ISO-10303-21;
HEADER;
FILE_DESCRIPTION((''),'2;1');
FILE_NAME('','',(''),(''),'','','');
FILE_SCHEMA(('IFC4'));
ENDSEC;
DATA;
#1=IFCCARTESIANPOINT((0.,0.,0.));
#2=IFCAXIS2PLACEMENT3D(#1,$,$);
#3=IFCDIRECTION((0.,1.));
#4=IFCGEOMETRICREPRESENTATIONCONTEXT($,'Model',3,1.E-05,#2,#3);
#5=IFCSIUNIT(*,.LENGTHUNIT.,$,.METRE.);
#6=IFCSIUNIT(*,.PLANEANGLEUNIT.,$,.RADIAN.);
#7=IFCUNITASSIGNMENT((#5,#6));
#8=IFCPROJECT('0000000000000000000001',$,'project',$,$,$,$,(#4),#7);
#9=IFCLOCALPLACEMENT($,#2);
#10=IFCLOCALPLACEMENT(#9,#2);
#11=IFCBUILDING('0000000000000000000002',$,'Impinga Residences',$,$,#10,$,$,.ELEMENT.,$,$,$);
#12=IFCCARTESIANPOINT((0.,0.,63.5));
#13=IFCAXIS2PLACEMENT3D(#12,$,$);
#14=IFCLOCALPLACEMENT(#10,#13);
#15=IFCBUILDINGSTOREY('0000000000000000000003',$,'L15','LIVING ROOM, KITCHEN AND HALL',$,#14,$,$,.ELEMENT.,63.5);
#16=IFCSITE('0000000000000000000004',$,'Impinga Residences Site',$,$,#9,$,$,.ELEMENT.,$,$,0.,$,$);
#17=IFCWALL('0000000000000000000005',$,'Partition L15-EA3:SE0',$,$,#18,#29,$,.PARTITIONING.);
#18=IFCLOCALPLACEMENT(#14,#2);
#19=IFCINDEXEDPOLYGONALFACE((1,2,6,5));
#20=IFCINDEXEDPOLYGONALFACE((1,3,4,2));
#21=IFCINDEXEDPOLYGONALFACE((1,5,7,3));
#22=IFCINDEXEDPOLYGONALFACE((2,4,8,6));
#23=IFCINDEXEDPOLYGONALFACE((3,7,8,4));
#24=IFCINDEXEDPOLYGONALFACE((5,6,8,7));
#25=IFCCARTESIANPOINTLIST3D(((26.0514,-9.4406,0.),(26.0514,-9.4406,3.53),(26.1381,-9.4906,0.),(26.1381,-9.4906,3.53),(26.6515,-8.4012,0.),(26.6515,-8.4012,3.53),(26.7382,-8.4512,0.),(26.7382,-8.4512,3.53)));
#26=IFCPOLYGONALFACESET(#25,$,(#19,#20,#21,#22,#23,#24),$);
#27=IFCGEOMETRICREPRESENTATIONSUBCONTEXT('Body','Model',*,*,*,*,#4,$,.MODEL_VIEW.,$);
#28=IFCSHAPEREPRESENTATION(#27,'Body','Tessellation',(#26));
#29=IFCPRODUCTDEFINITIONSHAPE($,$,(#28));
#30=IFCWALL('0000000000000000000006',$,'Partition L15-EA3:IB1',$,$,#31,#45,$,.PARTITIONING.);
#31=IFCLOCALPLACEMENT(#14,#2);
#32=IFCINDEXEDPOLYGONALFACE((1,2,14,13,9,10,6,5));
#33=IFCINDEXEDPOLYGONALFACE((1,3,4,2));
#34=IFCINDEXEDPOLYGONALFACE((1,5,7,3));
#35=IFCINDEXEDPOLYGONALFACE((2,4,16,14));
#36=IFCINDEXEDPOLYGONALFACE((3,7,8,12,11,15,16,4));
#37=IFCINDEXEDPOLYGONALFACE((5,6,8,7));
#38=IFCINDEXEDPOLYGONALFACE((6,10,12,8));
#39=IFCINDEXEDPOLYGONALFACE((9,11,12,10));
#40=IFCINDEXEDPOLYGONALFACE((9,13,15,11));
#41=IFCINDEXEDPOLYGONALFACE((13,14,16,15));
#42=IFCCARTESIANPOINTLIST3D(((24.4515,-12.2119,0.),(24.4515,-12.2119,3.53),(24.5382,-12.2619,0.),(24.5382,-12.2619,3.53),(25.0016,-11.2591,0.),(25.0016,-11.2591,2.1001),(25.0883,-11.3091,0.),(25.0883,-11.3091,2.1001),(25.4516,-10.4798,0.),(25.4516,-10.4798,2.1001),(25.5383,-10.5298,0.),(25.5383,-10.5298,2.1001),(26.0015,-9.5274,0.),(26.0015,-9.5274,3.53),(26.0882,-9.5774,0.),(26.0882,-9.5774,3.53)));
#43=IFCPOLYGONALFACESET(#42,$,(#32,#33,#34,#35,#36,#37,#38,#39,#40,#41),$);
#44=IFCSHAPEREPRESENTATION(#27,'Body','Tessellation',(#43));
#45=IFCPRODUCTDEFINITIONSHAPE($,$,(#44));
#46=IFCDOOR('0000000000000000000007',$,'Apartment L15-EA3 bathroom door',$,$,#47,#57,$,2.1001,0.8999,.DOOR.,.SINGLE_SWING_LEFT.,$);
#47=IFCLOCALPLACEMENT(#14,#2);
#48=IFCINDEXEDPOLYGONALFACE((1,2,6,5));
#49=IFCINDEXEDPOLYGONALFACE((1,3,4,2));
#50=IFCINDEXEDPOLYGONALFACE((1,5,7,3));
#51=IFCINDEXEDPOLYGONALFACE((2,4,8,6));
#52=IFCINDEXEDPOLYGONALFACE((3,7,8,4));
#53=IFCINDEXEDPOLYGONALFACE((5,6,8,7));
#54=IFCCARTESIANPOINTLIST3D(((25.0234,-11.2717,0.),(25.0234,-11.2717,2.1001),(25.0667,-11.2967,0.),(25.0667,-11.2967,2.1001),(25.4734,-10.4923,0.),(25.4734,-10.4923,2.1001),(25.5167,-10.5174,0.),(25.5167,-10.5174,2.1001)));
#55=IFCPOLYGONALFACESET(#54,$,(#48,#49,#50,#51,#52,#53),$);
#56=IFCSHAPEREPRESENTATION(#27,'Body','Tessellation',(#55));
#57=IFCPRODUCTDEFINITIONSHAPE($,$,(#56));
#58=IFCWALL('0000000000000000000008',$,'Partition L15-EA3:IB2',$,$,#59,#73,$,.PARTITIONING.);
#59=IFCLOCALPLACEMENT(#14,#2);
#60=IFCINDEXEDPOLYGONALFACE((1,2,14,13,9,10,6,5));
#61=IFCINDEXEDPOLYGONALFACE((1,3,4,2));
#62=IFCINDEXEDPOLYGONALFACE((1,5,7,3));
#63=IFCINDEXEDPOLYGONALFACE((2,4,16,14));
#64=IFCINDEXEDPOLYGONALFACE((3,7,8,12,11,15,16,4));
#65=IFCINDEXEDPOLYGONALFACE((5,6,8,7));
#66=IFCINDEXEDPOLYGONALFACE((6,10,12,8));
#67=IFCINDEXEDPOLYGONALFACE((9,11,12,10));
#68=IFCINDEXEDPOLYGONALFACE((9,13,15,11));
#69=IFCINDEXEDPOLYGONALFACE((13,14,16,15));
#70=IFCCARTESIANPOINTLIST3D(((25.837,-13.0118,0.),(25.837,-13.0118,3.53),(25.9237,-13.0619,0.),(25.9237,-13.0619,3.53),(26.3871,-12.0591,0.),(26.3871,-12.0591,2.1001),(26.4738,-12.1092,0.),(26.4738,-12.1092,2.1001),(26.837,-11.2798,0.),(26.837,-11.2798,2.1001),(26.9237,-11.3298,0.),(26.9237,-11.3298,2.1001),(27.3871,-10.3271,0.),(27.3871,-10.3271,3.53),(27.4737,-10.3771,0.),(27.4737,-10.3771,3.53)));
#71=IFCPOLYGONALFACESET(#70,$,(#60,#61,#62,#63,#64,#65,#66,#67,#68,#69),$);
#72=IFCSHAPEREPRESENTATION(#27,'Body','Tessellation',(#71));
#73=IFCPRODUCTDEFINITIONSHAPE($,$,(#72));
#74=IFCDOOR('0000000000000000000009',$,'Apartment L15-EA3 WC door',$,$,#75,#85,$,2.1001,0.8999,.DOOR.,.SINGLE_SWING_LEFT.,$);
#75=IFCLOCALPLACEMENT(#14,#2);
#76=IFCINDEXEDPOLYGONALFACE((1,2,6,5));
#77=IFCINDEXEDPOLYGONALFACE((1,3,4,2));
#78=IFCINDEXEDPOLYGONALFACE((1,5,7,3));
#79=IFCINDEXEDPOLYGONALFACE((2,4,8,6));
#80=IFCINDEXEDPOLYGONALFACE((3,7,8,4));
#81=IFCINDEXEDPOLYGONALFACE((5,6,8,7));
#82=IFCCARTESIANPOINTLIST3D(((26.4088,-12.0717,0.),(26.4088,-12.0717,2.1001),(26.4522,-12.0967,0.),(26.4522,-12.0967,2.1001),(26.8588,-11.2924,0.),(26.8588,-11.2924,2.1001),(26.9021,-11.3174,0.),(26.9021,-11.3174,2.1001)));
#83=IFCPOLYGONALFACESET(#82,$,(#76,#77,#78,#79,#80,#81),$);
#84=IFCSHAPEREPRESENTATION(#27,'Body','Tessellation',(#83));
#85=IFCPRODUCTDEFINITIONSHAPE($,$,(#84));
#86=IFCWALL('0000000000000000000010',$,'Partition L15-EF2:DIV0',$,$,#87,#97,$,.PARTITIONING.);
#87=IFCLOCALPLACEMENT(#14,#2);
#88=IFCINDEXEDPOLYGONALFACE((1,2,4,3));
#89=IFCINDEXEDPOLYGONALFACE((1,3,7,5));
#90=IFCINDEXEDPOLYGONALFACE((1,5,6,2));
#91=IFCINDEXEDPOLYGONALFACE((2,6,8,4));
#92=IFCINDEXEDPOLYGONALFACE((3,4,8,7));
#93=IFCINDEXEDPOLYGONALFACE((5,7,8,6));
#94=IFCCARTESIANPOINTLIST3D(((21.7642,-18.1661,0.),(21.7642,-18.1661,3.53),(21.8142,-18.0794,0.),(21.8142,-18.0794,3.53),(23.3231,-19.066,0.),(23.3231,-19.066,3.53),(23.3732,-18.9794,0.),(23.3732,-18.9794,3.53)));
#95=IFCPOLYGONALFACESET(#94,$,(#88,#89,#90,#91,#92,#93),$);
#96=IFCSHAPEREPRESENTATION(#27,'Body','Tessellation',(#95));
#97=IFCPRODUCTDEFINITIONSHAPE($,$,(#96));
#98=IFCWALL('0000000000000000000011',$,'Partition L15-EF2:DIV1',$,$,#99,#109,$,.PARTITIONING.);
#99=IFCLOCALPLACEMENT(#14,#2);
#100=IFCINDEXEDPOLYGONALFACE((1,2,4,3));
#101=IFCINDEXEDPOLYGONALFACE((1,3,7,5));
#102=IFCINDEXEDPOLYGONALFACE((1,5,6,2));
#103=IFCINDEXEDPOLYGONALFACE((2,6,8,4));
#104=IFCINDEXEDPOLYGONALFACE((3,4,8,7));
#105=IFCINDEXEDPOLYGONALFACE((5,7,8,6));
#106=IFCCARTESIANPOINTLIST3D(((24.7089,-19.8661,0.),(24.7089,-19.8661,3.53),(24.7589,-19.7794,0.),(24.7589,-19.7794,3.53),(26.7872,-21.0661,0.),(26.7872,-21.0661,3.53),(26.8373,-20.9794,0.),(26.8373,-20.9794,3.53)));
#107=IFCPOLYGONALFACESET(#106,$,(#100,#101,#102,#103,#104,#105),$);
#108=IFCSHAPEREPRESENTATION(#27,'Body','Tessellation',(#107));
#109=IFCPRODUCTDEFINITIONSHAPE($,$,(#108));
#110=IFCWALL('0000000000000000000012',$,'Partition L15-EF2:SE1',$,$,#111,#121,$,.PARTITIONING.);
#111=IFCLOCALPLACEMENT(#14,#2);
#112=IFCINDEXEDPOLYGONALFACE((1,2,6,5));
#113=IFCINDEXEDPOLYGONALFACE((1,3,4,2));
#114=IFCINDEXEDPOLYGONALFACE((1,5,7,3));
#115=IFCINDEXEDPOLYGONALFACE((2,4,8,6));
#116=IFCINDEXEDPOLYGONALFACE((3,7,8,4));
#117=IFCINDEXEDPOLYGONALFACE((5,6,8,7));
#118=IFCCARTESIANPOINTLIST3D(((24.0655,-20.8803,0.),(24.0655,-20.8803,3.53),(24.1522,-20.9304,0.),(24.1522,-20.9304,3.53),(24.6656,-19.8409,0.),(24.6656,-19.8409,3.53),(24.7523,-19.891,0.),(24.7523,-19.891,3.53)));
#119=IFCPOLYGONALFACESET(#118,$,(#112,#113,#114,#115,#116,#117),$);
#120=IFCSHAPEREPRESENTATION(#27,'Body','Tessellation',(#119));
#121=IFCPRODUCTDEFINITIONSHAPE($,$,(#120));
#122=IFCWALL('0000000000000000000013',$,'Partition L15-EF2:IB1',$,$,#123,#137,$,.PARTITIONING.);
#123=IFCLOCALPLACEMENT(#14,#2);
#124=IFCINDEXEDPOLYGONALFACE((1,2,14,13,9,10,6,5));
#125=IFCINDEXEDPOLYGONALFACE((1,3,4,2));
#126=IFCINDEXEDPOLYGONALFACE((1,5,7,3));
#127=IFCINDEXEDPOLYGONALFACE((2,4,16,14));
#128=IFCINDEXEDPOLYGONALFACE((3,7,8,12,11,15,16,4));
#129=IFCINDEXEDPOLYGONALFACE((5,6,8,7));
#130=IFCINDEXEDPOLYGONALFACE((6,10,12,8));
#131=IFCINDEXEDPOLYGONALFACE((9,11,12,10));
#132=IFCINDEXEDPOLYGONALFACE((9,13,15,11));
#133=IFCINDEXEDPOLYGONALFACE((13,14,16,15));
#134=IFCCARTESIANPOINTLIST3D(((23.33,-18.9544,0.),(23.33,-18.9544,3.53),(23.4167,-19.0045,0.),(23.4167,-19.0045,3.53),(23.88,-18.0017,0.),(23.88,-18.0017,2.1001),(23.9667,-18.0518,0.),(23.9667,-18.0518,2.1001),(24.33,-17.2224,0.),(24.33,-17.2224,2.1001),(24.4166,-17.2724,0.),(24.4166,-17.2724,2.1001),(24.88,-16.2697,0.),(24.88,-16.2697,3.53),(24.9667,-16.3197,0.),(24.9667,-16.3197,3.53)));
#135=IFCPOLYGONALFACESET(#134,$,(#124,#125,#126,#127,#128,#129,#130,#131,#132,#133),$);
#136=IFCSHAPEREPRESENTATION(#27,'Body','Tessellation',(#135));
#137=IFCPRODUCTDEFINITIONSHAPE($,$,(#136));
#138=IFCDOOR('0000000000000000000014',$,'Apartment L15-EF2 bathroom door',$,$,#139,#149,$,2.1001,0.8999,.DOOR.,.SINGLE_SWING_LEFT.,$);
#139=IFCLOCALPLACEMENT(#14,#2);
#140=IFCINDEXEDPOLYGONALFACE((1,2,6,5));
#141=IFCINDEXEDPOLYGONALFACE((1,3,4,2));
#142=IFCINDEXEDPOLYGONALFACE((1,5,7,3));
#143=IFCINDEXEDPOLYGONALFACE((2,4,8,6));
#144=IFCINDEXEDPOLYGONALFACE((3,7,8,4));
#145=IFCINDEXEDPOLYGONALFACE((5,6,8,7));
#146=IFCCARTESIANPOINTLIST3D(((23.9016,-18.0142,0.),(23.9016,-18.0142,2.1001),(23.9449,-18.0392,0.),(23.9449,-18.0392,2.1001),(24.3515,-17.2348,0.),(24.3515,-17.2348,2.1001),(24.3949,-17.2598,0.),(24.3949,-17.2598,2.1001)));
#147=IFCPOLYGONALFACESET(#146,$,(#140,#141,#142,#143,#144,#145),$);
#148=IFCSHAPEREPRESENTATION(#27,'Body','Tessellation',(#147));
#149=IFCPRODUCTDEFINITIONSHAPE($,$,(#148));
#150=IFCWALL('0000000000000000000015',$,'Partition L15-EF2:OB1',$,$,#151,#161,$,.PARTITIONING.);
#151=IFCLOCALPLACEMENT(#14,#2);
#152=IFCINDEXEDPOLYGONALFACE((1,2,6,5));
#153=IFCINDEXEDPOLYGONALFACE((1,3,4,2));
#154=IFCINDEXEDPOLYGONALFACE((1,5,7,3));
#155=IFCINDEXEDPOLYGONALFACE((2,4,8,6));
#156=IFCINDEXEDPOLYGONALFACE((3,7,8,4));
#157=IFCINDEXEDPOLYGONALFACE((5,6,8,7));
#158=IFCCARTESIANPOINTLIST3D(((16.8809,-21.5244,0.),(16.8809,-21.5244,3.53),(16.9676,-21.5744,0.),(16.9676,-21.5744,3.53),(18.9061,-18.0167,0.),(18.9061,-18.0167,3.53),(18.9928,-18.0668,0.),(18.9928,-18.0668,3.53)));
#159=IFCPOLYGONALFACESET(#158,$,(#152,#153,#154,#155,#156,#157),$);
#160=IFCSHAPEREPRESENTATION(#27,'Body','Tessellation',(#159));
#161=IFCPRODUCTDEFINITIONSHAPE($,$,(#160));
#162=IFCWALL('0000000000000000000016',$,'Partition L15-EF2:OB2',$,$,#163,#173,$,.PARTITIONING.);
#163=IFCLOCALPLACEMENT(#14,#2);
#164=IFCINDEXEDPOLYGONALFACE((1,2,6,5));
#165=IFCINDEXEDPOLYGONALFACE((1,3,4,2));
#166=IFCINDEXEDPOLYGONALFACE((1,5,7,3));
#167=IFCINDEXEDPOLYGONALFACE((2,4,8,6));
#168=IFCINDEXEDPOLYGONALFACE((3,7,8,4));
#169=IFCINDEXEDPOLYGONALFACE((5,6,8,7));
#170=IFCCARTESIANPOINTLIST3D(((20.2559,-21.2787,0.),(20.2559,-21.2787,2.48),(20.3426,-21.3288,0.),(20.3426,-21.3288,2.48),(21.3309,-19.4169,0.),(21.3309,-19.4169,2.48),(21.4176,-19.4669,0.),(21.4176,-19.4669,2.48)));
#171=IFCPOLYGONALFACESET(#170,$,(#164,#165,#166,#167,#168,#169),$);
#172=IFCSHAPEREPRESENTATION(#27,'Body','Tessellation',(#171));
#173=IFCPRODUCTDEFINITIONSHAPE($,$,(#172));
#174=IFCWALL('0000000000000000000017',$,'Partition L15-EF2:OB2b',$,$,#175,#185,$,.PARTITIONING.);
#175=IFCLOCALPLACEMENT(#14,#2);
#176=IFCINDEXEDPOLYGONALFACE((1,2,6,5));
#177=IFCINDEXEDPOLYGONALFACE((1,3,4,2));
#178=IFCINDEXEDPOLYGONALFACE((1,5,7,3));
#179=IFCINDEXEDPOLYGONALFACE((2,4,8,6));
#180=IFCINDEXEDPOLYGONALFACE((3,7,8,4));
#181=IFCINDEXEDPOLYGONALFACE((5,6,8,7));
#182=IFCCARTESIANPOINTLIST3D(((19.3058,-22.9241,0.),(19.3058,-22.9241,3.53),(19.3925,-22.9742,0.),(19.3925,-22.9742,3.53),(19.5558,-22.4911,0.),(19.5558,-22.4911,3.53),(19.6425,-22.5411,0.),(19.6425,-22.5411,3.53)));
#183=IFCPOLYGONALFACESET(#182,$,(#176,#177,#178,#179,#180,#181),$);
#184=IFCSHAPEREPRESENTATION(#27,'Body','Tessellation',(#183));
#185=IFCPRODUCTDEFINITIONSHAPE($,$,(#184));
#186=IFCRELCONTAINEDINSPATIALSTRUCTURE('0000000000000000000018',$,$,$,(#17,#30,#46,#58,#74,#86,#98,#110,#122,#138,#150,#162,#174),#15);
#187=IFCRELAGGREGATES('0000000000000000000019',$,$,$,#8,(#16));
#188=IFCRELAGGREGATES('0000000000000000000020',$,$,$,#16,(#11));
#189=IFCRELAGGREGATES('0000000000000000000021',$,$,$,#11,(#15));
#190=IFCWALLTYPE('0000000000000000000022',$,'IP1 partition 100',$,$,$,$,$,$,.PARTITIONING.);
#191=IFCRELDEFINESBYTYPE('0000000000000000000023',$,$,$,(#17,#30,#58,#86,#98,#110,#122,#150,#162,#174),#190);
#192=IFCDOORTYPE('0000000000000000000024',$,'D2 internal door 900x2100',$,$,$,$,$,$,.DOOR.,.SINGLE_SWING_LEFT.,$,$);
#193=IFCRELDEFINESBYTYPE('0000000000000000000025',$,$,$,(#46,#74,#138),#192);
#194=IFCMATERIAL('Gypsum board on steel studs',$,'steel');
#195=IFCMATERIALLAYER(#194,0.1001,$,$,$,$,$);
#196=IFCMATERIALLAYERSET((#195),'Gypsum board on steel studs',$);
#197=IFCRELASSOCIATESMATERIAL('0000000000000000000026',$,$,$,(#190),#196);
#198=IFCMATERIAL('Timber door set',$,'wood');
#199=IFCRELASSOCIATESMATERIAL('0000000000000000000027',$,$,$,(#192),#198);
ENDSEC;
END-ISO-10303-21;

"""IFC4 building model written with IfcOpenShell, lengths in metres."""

from ifc_helpers import new_model, si_unit, direction, frame, frame_2d, origin, place, context, subcontext, project, spatial, rectangle, extrude, material, layer, layer_set, type_object, element, fill, save


model = new_model("IFC4")

# Units and contexts
model_context = context("Model", 3, precision=1e-05, world=origin(), true_north=direction((0.0, 1.0)))
body_context = subcontext(model_context, "Body", "Model", "MODEL_VIEW")
ifc_project = project(units=[si_unit("LENGTHUNIT", "METRE"), si_unit("PLANEANGLEUNIT", "RADIAN")], contexts=[model_context])

# Site, building, storey
site_placement = place(None, origin())
site = spatial("IfcSite", under=ifc_project, at=site_placement, Name="Impinga Residences Site", CompositionType="ELEMENT", RefElevation=0.0)
building_placement = place(site_placement, origin())
building = spatial("IfcBuilding", under=site, at=building_placement, Name="Impinga Residences", CompositionType="ELEMENT")
storey_placement = place(building_placement, frame((0.0, 0.0, 63.5)))
storey = spatial("IfcBuildingStorey", under=building, at=storey_placement, Name="L15", Description="LIVING ROOM, KITCHEN AND HALL", CompositionType="ELEMENT", Elevation=63.5)

# Shared definitions
ifc_material_1 = material(Name="Gypsum board on steel studs", Category="steel")
ifc_layer_1 = layer(ifc_material_1, 0.1001)
ifc_layer_set_1 = layer_set([ifc_layer_1], Name="Gypsum board on steel studs")
wall_type_1 = type_object("IfcWallType", Name="IP1 partition 100", PredefinedType="PARTITIONING", material=ifc_layer_set_1)

# Shared definitions
ifc_material_2 = material(Name="Timber door set", Category="wood")
door_type = type_object("IfcDoorType", Name="D2 internal door 900x2100", OperationType="SINGLE_SWING_LEFT", PredefinedType="DOOR", material=ifc_material_2)

# Wall
wall_1_placement = place(storey_placement, frame((26.0947, -9.4656, 0.0), z_axis=(0.0, 0.0, 1.0), x_axis=(0.500034, 0.866006, 0.0)))
element("IfcWall", 1, at=wall_1_placement, inside=storey, type_object=wall_type_1, Name="Partition L15-EA3:SE0", PredefinedType="PARTITIONING", context=body_context, shape_type="SweptSolid", body=[
    extrude(rectangle(XDim=1.2002, YDim=0.1001, at=frame_2d((0.6001, 0.0))), origin(), (0.0, 0.0, 1.0), 3.53),
])

# Walls, openings, doors
wall_2_placement = place(storey_placement, frame((24.4949, -12.2368, 0.0), z_axis=(0.0, 0.0, 1.0), x_axis=(0.500027, 0.86601, 0.0)))
wall_2 = element("IfcWall", 2, at=wall_2_placement, inside=storey, type_object=wall_type_1, Name="Partition L15-EA3:IB1", PredefinedType="PARTITIONING", context=body_context, shape_type="SweptSolid", body=[
    extrude(rectangle(XDim=3.0999, YDim=0.1001, at=frame_2d((1.5498, 0.0))), origin(), (0.0, 0.0, 1.0), 3.53),
])
opening_1_placement = place(wall_2_placement, frame((1.1001, 0.0, 0.0)))
opening_1 = element("IfcOpeningElement", 3, at=opening_1_placement, cuts=wall_2, PredefinedType="OPENING", context=body_context, shape_type="SweptSolid", body=[
    extrude(rectangle(XDim=0.8999, YDim=2.1001, at=frame_2d((0.45, 1.05))), frame((0.0, 0.0601, 0.0), z_axis=(0.0, -1.0, 0.0), x_axis=(1.0, 0.0, 0.0)), (0.0, 0.0, 1.0), 0.1201),
])
door_1_placement = place(opening_1_placement, origin())
door_1 = element("IfcDoor", 4, at=door_1_placement, inside=storey, type_object=door_type, Name="Apartment L15-EA3 bathroom door", OperationType="SINGLE_SWING_LEFT", OverallHeight=2.1001, OverallWidth=0.8999, PredefinedType="DOOR", context=body_context, shape_type="SweptSolid", body=[
    extrude(rectangle(XDim=0.8999, YDim=2.1001, at=frame_2d((0.45, 1.05))), frame((0.0, 0.0249, 0.0), z_axis=(0.0, -1.0, 0.0), x_axis=(1.0, 0.0, 0.0)), (0.0, 0.0, 1.0), 0.05),
])
fill(opening_1, door_1)
wall_3_placement = place(storey_placement, frame((25.8804, -13.0369, 0.0), z_axis=(0.0, 0.0, 1.0), x_axis=(0.499993, 0.86603, 0.0)))
wall_3 = element("IfcWall", 5, at=wall_3_placement, inside=storey, type_object=wall_type_1, Name="Partition L15-EA3:IB2", PredefinedType="PARTITIONING", context=body_context, shape_type="SweptSolid", body=[
    extrude(rectangle(XDim=3.1001, YDim=0.1001, at=frame_2d((1.55, 0.0))), origin(), (0.0, 0.0, 1.0), 3.53),
])
opening_2_placement = place(wall_3_placement, frame((1.1001, 0.0, 0.0)))
opening_2 = element("IfcOpeningElement", 6, at=opening_2_placement, cuts=wall_3, PredefinedType="OPENING", context=body_context, shape_type="SweptSolid", body=[
    extrude(rectangle(XDim=0.8999, YDim=2.1001, at=frame_2d((0.45, 1.05))), frame((0.0, 0.0601, 0.0), z_axis=(0.0, -1.0, 0.0), x_axis=(1.0, 0.0, 0.0)), (0.0, 0.0, 1.0), 0.1201),
])
door_2_placement = place(opening_2_placement, origin())
door_2 = element("IfcDoor", 7, at=door_2_placement, inside=storey, type_object=door_type, Name="Apartment L15-EA3 WC door", OperationType="SINGLE_SWING_LEFT", OverallHeight=2.1001, OverallWidth=0.8999, PredefinedType="DOOR", context=body_context, shape_type="SweptSolid", body=[
    extrude(rectangle(XDim=0.8999, YDim=2.1001, at=frame_2d((0.45, 1.05))), frame((0.0, 0.0249, 0.0), z_axis=(0.0, -1.0, 0.0), x_axis=(1.0, 0.0, 0.0)), (0.0, 0.0, 1.0), 0.05),
])
fill(opening_2, door_2)

# Walls
wall_4_placement = place(storey_placement, frame((21.7893, -18.1228, 0.0), z_axis=(0.0, 0.0, 1.0), x_axis=(0.866048, -0.499961, 0.0)))
element("IfcWall", 8, at=wall_4_placement, inside=storey, type_object=wall_type_1, Name="Partition L15-EF2:DIV0", PredefinedType="PARTITIONING", context=body_context, shape_type="SweptSolid", body=[
    extrude(rectangle(XDim=1.8, YDim=0.1001, at=frame_2d((0.8999, 0.0))), origin(), (0.0, 0.0, 1.0), 3.53),
])
wall_5_placement = place(storey_placement, frame((24.7339, -19.8228, 0.0), z_axis=(0.0, 0.0, 1.0), x_axis=(0.866025, -0.500001, 0.0)))
element("IfcWall", 9, at=wall_5_placement, inside=storey, type_object=wall_type_1, Name="Partition L15-EF2:DIV1", PredefinedType="PARTITIONING", context=body_context, shape_type="SweptSolid", body=[
    extrude(rectangle(XDim=2.3999, YDim=0.1001, at=frame_2d((1.2, 0.0))), origin(), (0.0, 0.0, 1.0), 3.53),
])
wall_6_placement = place(storey_placement, frame((24.709, -19.866, 0.0), z_axis=(0.0, 0.0, 1.0), x_axis=(-0.500034, -0.866006, 0.0)))
element("IfcWall", 10, at=wall_6_placement, inside=storey, type_object=wall_type_1, Name="Partition L15-EF2:SE1", PredefinedType="PARTITIONING", context=body_context, shape_type="SweptSolid", body=[
    extrude(rectangle(XDim=1.2002, YDim=0.1001, at=frame_2d((0.6001, 0.0))), origin(), (0.0, 0.0, 1.0), 3.53),
])

# Wall, opening, door
wall_7_placement = place(storey_placement, frame((24.9233, -16.2947, 0.0), z_axis=(0.0, 0.0, 1.0), x_axis=(-0.499993, -0.86603, 0.0)))
wall_7 = element("IfcWall", 11, at=wall_7_placement, inside=storey, type_object=wall_type_1, Name="Partition L15-EF2:IB1", PredefinedType="PARTITIONING", context=body_context, shape_type="SweptSolid", body=[
    extrude(rectangle(XDim=3.1001, YDim=0.1001, at=frame_2d((1.55, 0.0))), origin(), (0.0, 0.0, 1.0), 3.53),
])
opening_3_placement = place(wall_7_placement, frame((1.1001, 0.0, 0.0)))
opening_3 = element("IfcOpeningElement", 12, at=opening_3_placement, cuts=wall_7, PredefinedType="OPENING", context=body_context, shape_type="SweptSolid", body=[
    extrude(rectangle(XDim=0.8999, YDim=2.1001, at=frame_2d((0.45, 1.05))), frame((0.0, 0.0601, 0.0), z_axis=(0.0, -1.0, 0.0), x_axis=(1.0, 0.0, 0.0)), (0.0, 0.0, 1.0), 0.1201),
])
door_3_placement = place(opening_3_placement, origin())
door_3 = element("IfcDoor", 13, at=door_3_placement, inside=storey, type_object=door_type, Name="Apartment L15-EF2 bathroom door", OperationType="SINGLE_SWING_LEFT", OverallHeight=2.1001, OverallWidth=0.8999, PredefinedType="DOOR", context=body_context, shape_type="SweptSolid", body=[
    extrude(rectangle(XDim=0.8999, YDim=2.1001, at=frame_2d((0.45, 1.05))), frame((0.0, 0.0249, 0.0), z_axis=(0.0, -1.0, 0.0), x_axis=(1.0, 0.0, 0.0)), (0.0, 0.0, 1.0), 0.05),
])
fill(opening_3, door_3)

# Walls
wall_8_placement = place(storey_placement, frame((18.9495, -18.0417, 0.0), z_axis=(0.0, 0.0, 1.0), x_axis=(-0.500009, -0.86602, 0.0)))
element("IfcWall", 14, at=wall_8_placement, inside=storey, type_object=wall_type_1, Name="Partition L15-EF2:OB1", PredefinedType="PARTITIONING", context=body_context, shape_type="SweptSolid", body=[
    extrude(rectangle(XDim=4.0503, YDim=0.1001, at=frame_2d((2.0251, 0.0))), origin(), (0.0, 0.0, 1.0), 3.53),
])
wall_9_placement = place(storey_placement, frame((21.3743, -19.4419, 0.0), z_axis=(0.0, 0.0, 1.0), x_axis=(-0.500011, -0.866019, 0.0)))
element("IfcWall", 15, at=wall_9_placement, inside=storey, type_object=wall_type_1, Name="Partition L15-EF2:OB2", PredefinedType="PARTITIONING", context=body_context, shape_type="SweptSolid", body=[
    extrude(rectangle(XDim=2.1499, YDim=0.1001, at=frame_2d((1.075, 0.0))), origin(), (0.0, 0.0, 1.0), 2.48),
])
wall_10_placement = place(storey_placement, frame((19.5991, -22.5161, 0.0), z_axis=(0.0, 0.0, 1.0), x_axis=(-0.49992, -0.866072, 0.0)))
element("IfcWall", 16, at=wall_10_placement, inside=storey, type_object=wall_type_1, Name="Partition L15-EF2:OB2b", PredefinedType="PARTITIONING", context=body_context, shape_type="SweptSolid", body=[
    extrude(rectangle(XDim=0.5, YDim=0.1001, at=frame_2d((0.25, 0.0))), origin(), (0.0, 0.0, 1.0), 3.53),
])

save(model, "model.ifc")
